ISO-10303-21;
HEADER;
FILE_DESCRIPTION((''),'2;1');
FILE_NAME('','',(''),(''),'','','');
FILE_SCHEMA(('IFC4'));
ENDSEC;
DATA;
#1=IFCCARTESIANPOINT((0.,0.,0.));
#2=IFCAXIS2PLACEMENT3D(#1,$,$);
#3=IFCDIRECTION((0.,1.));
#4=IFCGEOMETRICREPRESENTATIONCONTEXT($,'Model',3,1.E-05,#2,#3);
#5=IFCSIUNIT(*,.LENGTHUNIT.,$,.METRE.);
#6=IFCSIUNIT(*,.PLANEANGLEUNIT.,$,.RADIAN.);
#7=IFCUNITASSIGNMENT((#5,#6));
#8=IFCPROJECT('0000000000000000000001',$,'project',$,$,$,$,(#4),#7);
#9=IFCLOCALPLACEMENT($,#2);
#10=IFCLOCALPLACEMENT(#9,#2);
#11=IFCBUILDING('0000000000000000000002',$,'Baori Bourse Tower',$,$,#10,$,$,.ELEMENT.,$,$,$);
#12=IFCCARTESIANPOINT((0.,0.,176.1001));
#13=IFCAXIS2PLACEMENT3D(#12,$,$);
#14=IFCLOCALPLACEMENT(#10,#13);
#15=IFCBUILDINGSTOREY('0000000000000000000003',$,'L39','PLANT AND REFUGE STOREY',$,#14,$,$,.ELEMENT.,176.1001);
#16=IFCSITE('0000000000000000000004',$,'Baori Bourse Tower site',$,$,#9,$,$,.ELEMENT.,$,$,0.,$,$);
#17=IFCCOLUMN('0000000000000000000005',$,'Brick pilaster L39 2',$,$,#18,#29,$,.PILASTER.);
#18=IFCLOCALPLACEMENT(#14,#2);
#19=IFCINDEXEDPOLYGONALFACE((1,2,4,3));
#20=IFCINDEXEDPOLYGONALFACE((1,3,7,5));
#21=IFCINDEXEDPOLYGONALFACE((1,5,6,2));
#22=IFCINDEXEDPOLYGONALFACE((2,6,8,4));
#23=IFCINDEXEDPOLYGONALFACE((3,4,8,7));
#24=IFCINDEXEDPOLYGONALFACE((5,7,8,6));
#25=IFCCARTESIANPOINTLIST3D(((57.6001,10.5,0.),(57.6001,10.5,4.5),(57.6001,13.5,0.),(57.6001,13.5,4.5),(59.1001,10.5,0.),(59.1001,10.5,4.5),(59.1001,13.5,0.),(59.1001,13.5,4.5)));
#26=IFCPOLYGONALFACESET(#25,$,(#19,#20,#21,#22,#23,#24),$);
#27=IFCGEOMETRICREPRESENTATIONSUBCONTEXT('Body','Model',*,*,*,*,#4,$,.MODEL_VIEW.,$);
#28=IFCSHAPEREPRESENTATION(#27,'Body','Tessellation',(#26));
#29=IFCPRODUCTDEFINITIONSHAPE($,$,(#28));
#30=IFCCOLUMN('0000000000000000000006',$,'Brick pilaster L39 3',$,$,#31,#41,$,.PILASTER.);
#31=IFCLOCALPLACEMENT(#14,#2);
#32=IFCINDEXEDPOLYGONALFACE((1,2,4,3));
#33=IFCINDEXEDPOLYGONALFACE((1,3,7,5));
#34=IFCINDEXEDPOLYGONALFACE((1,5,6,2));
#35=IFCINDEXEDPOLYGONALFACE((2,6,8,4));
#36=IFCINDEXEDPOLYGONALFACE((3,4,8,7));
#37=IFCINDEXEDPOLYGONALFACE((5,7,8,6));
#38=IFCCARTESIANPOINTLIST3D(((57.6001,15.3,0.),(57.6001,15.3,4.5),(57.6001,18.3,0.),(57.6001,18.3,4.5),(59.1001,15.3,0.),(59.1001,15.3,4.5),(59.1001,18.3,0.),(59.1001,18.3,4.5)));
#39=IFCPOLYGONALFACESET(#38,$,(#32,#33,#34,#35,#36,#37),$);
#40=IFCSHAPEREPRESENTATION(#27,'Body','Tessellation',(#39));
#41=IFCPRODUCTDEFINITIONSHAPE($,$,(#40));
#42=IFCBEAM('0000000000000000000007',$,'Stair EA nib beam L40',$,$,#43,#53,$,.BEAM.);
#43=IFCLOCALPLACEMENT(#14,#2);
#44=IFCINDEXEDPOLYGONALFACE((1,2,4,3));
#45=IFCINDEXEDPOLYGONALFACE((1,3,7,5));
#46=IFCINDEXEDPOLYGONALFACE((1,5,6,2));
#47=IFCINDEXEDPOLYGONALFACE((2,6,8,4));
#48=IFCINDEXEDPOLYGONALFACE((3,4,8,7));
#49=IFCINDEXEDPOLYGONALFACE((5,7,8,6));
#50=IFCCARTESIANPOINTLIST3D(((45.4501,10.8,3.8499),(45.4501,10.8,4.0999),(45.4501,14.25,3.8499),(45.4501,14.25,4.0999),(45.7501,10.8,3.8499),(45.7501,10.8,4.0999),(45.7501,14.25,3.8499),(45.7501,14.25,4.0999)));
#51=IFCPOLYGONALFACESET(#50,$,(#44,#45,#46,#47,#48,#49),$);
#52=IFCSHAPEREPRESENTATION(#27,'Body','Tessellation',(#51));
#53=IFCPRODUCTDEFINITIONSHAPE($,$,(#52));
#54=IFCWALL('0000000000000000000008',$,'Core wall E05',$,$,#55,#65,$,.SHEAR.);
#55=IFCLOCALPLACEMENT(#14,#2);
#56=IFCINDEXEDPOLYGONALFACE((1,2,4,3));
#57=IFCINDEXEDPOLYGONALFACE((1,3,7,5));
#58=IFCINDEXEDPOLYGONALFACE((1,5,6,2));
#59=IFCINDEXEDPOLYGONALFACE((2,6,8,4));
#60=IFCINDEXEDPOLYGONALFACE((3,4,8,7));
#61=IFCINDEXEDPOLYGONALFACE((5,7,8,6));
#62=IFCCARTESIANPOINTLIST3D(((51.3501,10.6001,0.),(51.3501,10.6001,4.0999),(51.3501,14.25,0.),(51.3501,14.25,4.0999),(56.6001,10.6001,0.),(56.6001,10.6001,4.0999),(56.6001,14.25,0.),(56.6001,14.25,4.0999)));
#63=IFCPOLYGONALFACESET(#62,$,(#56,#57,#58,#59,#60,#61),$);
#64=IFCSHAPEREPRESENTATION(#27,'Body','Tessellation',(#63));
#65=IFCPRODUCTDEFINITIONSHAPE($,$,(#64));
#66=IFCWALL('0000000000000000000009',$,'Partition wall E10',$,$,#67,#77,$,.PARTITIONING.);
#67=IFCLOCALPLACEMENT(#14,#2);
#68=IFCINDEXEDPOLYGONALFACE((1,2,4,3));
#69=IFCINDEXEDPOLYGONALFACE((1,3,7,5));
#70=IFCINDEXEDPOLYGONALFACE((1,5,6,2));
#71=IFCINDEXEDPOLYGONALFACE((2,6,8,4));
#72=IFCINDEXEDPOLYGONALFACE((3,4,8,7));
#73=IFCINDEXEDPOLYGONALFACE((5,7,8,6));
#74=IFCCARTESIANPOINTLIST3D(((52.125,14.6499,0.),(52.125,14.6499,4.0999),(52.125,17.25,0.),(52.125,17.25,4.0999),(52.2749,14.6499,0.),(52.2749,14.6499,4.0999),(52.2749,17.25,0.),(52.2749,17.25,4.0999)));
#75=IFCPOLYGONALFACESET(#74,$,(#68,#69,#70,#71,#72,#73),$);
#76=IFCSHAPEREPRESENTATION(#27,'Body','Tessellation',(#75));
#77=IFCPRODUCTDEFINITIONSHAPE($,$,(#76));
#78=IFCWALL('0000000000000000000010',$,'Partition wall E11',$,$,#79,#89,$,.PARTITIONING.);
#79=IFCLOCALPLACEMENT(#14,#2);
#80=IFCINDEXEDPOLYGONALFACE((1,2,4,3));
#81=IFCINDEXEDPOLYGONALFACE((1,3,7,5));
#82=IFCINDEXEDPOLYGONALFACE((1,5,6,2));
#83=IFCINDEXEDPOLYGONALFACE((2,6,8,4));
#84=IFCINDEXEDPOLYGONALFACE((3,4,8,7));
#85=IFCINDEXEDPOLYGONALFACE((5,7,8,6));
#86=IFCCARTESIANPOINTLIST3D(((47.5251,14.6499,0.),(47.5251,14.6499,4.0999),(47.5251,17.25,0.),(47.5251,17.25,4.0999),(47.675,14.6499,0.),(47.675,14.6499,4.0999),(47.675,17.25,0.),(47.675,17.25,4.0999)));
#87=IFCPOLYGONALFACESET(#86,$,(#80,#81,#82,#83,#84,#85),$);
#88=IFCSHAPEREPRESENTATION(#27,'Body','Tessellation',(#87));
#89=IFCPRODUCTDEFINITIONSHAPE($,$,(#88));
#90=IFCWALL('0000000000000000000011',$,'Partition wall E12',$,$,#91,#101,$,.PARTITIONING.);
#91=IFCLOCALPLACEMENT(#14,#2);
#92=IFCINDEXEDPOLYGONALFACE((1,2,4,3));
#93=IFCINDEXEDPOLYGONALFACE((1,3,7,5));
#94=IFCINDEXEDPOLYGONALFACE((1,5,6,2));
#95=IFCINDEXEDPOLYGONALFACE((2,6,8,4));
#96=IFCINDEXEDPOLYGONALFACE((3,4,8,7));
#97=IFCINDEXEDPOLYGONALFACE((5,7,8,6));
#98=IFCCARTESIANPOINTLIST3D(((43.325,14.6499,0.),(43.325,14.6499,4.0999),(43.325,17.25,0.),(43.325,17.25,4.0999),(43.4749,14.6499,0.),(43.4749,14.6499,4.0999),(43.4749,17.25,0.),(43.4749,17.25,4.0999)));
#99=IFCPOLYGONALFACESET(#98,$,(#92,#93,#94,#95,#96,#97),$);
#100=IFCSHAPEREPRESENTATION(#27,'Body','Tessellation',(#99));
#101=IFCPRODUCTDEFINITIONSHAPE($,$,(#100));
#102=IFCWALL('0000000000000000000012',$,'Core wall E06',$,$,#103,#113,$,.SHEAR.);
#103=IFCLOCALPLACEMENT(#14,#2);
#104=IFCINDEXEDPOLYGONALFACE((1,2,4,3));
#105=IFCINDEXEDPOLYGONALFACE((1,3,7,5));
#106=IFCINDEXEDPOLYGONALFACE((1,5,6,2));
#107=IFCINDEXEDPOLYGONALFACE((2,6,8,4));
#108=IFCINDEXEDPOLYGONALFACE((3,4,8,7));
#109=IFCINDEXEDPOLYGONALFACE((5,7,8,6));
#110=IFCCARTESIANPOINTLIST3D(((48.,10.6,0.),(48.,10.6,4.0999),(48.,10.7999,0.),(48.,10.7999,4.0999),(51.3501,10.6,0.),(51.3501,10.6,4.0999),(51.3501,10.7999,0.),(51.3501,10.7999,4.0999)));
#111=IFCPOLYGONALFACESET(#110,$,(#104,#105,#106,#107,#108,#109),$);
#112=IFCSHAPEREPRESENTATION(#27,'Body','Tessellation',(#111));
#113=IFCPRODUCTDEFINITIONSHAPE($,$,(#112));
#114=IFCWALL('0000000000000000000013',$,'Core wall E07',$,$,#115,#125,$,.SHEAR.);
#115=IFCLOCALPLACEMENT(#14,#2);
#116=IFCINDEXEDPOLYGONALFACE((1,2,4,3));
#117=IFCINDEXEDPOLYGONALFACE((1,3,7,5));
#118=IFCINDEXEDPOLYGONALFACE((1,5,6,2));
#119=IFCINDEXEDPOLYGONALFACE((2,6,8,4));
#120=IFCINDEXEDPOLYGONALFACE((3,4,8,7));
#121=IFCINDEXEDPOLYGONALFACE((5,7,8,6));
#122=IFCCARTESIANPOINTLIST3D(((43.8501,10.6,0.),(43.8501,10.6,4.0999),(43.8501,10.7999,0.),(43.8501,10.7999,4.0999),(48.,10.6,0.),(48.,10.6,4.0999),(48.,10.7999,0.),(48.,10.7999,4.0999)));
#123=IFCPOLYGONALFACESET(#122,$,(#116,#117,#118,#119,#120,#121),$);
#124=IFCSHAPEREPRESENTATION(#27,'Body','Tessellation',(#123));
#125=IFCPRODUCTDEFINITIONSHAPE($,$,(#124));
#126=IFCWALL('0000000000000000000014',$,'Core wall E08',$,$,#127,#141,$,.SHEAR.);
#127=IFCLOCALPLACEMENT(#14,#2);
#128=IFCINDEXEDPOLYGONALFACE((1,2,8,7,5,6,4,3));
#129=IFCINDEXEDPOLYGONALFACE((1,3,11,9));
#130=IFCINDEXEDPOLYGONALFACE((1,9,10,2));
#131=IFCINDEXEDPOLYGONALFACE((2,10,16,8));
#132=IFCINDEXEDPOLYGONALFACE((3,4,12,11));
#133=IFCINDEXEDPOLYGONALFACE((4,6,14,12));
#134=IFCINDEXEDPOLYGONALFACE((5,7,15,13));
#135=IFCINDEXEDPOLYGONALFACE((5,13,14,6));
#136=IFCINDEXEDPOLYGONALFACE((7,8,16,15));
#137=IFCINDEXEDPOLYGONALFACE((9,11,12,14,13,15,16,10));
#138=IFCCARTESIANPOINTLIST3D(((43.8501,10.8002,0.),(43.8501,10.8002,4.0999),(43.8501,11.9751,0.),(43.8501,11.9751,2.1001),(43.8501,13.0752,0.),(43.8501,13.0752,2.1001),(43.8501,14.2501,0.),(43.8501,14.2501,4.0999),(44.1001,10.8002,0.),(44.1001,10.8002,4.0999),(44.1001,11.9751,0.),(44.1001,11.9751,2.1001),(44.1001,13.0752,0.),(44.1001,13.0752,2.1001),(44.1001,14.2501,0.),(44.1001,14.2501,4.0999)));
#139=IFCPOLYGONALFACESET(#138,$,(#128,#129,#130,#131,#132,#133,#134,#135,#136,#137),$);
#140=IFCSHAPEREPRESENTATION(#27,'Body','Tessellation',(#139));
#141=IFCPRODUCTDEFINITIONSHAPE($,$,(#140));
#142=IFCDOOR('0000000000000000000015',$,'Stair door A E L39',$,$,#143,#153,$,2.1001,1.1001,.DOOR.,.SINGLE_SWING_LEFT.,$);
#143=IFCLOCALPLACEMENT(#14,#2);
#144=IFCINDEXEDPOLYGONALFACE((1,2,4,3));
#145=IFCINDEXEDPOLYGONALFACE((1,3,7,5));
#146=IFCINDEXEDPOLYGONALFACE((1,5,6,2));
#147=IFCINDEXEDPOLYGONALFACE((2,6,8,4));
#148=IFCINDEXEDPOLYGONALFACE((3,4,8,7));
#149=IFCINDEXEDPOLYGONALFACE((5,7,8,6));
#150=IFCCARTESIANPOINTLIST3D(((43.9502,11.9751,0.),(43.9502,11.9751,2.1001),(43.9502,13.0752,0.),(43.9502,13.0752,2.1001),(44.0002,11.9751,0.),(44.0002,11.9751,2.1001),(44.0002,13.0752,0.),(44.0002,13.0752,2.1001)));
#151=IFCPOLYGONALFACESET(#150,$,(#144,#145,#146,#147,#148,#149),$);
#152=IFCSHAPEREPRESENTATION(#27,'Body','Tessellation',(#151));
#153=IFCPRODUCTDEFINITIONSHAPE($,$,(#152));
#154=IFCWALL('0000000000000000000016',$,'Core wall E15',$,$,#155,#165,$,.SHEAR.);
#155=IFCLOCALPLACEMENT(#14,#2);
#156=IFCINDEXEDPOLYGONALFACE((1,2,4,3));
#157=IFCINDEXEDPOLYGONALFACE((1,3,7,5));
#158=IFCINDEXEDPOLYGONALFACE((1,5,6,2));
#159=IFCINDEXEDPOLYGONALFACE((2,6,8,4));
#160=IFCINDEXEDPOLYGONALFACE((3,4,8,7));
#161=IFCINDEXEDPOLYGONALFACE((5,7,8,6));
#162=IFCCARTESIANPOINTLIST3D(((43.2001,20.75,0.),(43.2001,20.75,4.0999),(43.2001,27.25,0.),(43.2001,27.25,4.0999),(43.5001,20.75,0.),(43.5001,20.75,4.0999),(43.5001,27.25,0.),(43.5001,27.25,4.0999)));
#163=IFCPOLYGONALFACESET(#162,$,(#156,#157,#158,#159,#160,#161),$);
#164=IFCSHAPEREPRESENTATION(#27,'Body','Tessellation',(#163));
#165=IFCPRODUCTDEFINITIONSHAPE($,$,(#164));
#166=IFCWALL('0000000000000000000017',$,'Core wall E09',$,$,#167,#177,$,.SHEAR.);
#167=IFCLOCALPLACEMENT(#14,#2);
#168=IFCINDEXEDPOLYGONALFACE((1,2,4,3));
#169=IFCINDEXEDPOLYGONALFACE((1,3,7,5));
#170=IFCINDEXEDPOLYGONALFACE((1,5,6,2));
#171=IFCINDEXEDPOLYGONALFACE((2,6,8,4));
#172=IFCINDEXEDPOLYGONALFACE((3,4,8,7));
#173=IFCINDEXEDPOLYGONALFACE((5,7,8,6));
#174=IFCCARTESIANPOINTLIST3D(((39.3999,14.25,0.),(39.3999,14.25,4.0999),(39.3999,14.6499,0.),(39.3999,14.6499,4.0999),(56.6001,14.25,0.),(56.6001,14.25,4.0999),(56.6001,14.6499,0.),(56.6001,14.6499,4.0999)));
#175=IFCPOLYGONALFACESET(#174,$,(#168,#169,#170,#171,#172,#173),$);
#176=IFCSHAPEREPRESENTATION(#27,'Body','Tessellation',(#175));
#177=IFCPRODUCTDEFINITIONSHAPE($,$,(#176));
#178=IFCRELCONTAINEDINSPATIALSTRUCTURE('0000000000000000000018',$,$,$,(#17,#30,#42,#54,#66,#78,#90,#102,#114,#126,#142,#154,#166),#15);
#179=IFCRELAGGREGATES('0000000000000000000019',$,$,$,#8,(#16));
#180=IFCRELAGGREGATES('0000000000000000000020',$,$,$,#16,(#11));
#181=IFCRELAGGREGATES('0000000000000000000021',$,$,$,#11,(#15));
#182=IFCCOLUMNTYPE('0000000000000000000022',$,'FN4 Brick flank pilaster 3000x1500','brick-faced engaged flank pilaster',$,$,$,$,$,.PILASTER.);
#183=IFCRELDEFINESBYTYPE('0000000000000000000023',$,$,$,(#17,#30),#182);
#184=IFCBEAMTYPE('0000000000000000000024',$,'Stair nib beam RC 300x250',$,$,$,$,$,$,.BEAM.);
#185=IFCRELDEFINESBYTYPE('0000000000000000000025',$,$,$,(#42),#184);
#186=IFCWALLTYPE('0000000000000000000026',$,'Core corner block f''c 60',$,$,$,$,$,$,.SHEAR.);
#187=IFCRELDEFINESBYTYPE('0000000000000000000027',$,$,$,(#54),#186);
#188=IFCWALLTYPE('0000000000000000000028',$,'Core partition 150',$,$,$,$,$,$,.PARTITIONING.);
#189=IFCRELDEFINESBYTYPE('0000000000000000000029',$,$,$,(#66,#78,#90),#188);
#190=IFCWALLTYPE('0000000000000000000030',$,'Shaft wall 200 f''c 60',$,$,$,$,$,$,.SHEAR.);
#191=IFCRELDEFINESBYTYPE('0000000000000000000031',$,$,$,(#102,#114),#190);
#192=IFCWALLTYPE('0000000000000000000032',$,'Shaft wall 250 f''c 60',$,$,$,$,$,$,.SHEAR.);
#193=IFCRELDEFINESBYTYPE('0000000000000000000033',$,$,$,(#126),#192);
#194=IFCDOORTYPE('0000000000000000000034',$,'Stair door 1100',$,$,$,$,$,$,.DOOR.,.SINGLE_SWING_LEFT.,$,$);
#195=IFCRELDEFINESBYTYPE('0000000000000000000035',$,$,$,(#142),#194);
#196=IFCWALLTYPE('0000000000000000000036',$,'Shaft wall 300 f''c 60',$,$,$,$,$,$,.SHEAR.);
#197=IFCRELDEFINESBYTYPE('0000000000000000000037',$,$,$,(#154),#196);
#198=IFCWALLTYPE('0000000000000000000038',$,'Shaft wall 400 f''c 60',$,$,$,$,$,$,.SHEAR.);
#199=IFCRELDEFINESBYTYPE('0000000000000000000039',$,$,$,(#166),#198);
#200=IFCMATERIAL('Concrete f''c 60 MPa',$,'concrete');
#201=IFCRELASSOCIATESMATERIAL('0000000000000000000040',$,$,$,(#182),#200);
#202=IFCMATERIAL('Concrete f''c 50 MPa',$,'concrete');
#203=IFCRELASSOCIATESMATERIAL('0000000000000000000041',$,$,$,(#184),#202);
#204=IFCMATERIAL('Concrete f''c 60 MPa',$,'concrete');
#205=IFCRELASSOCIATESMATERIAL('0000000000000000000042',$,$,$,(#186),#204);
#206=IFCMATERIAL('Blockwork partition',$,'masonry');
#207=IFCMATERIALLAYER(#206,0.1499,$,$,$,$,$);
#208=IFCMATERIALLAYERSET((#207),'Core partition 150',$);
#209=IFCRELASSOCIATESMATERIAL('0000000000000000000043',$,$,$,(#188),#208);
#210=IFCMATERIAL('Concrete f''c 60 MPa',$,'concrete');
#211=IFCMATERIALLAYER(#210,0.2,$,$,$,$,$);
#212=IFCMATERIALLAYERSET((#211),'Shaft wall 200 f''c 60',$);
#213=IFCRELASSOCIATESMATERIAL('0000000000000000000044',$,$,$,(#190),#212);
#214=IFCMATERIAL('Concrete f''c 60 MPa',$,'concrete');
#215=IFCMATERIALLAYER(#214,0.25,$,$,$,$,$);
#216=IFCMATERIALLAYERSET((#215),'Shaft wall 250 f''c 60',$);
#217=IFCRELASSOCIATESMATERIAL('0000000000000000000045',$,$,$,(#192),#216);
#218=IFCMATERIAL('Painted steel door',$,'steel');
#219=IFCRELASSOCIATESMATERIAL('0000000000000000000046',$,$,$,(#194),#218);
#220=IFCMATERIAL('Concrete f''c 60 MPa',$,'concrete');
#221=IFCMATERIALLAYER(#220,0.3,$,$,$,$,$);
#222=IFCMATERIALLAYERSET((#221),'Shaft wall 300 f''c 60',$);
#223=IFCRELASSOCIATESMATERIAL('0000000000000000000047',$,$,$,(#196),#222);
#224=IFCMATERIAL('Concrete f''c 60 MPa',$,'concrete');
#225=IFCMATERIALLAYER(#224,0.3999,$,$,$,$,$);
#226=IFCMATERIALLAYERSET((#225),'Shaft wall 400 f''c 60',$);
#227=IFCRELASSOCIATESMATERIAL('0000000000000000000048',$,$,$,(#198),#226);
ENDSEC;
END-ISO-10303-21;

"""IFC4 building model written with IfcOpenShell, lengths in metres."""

from ifc_helpers import new_model, si_unit, direction, frame, frame_2d, origin, origin_2d, place, context, subcontext, project, spatial, rectangle, extrude, material, layer, layer_set, material_profile, profile_set, type_object, element, fill, save


model = new_model("IFC4")

# Units and contexts
model_context = context("Model", 3, precision=1e-05, world=origin(), true_north=direction((0.0, 1.0)))
body_context = subcontext(model_context, "Body", "Model", "MODEL_VIEW")
ifc_project = project(units=[si_unit("LENGTHUNIT", "METRE"), si_unit("PLANEANGLEUNIT", "RADIAN")], contexts=[model_context])

# Site, building, storey
site_placement = place(None, origin())
site = spatial("IfcSite", under=ifc_project, at=site_placement, Name="Baori Bourse Tower site", CompositionType="ELEMENT", RefElevation=0.0)
building_placement = place(site_placement, origin())
building = spatial("IfcBuilding", under=site, at=building_placement, Name="Baori Bourse Tower", CompositionType="ELEMENT")
storey_placement = place(building_placement, frame((0.0, 0.0, 176.1001)))
storey = spatial("IfcBuildingStorey", under=building, at=storey_placement, Name="L39", Description="PLANT AND REFUGE STOREY", CompositionType="ELEMENT", Elevation=176.1001)

# Columns
ifc_material_1 = material(Name="Concrete f'c 60 MPa", Category="concrete")
ifc_material_profile_1 = material_profile(ifc_material_1, rectangle(XDim=3.0, YDim=1.5, at=origin_2d()), Name="RC 3000x1500")
ifc_profile_set_1 = profile_set([ifc_material_profile_1], Name="Concrete f'c 60 MPa")
column_type = type_object("IfcColumnType", Name="FN4 Brick flank pilaster 3000x1500", Description="brick-faced engaged flank pilaster", PredefinedType="PILASTER", material=ifc_profile_set_1)
for number, where, z_axis, x_axis, name in (
    (1, (58.3501, 12.0, 0.0), (0.0, 0.0, 1.0), (0.0, 1.0, 0.0), "Brick pilaster L39 2"),
    (2, (58.3501, 16.8, 0.0), (0.0, 0.0, 1.0), (0.0, 1.0, 0.0), "Brick pilaster L39 3"),
):
    element("IfcColumn", number, at=place(storey_placement, frame(where, z_axis=z_axis, x_axis=x_axis)), inside=storey, type_object=column_type, Name=name, PredefinedType="PILASTER", context=body_context, shape_type="SweptSolid", body=[
        extrude(rectangle(XDim=3.0, YDim=1.5, at=origin_2d()), origin(), (0.0, 0.0, 1.0), 4.5),
    ])

# Beam
ifc_material_2 = material(Name="Concrete f'c 50 MPa", Category="concrete")
ifc_material_profile_2 = material_profile(ifc_material_2, rectangle(XDim=0.3, YDim=0.25, at=origin_2d()), Name="RC 300x250")
ifc_profile_set_2 = profile_set([ifc_material_profile_2], Name="Concrete f'c 50 MPa")
beam_type = type_object("IfcBeamType", Name="Stair nib beam RC 300x250", PredefinedType="BEAM", material=ifc_profile_set_2)
beam_placement = place(storey_placement, frame((45.6001, 10.8, 3.9749), z_axis=(0.0, 1.0, 0.0), x_axis=(-1.0, 0.0, 0.0)))
element("IfcBeam", 3, at=beam_placement, inside=storey, type_object=beam_type, Name="Stair EA nib beam L40", PredefinedType="BEAM", context=body_context, shape_type="SweptSolid", body=[
    extrude(rectangle(XDim=0.3, YDim=0.25, at=origin_2d()), origin(), (0.0, 0.0, 1.0), 3.45),
])

# Walls
ifc_material_3 = material(Name="Concrete f'c 60 MPa", Category="concrete")
wall_type_1 = type_object("IfcWallType", Name="Core corner block f'c 60", PredefinedType="SHEAR", material=ifc_material_3)
wall_1_placement = place(storey_placement, frame((51.3501, 12.425, 0.0), z_axis=(0.0, 0.0, 1.0), x_axis=(1.0, 0.0, 0.0)))
element("IfcWall", 4, at=wall_1_placement, inside=storey, type_object=wall_type_1, Name="Core wall E05", PredefinedType="SHEAR", context=body_context, shape_type="SweptSolid", body=[
    extrude(rectangle(XDim=5.25, YDim=3.6499, at=frame_2d((2.625, 0.0))), origin(), (0.0, 0.0, 1.0), 4.0999),
])
ifc_material_4 = material(Name="Blockwork partition", Category="masonry")
ifc_layer_1 = layer(ifc_material_4, 0.1499)
ifc_layer_set_1 = layer_set([ifc_layer_1], Name="Core partition 150")
wall_type_2 = type_object("IfcWallType", Name="Core partition 150", PredefinedType="PARTITIONING", material=ifc_layer_set_1)
for number, where, z_axis, x_axis, name in (
    (5, (52.2, 14.6499, 0.0), (0.0, 0.0, 1.0), (0.0, 1.0, 0.0), "Partition wall E10"),
    (6, (47.6001, 14.6499, 0.0), (0.0, 0.0, 1.0), (0.0, 1.0, 0.0), "Partition wall E11"),
    (7, (43.3999, 14.6499, 0.0), (0.0, 0.0, 1.0), (0.0, 1.0, 0.0), "Partition wall E12"),
):
    element("IfcWall", number, at=place(storey_placement, frame(where, z_axis=z_axis, x_axis=x_axis)), inside=storey, type_object=wall_type_2, Name=name, PredefinedType="PARTITIONING", context=body_context, shape_type="SweptSolid", body=[
        extrude(rectangle(XDim=2.6001, YDim=0.1499, at=frame_2d((1.3, 0.0))), origin(), (0.0, 0.0, 1.0), 4.0999),
    ])
ifc_material_5 = material(Name="Concrete f'c 60 MPa", Category="concrete")
ifc_layer_2 = layer(ifc_material_5, 0.2)
ifc_layer_set_2 = layer_set([ifc_layer_2], Name="Shaft wall 200 f'c 60")
wall_type_3 = type_object("IfcWallType", Name="Shaft wall 200 f'c 60", PredefinedType="SHEAR", material=ifc_layer_set_2)
wall_2_placement = place(storey_placement, frame((48.0, 10.7, 0.0), z_axis=(0.0, 0.0, 1.0), x_axis=(1.0, 0.0, 0.0)))
element("IfcWall", 8, at=wall_2_placement, inside=storey, type_object=wall_type_3, Name="Core wall E06", PredefinedType="SHEAR", context=body_context, shape_type="SweptSolid", body=[
    extrude(rectangle(XDim=3.3501, YDim=0.2, at=frame_2d((1.675, 0.0))), origin(), (0.0, 0.0, 1.0), 4.0999),
])
wall_3_placement = place(storey_placement, frame((43.8501, 10.7, 0.0), z_axis=(0.0, 0.0, 1.0), x_axis=(1.0, 0.0, 0.0)))
element("IfcWall", 9, at=wall_3_placement, inside=storey, type_object=wall_type_3, Name="Core wall E07", PredefinedType="SHEAR", context=body_context, shape_type="SweptSolid", body=[
    extrude(rectangle(XDim=4.1499, YDim=0.2, at=frame_2d((2.075, 0.0))), origin(), (0.0, 0.0, 1.0), 4.0999),
])

# Wall, opening, door
ifc_material_6 = material(Name="Concrete f'c 60 MPa", Category="concrete")
ifc_layer_3 = layer(ifc_material_6, 0.25)
ifc_layer_set_3 = layer_set([ifc_layer_3], Name="Shaft wall 250 f'c 60")
wall_type_4 = type_object("IfcWallType", Name="Shaft wall 250 f'c 60", PredefinedType="SHEAR", material=ifc_layer_set_3)
wall_4_placement = place(storey_placement, frame((43.9751, 10.8, 0.0), z_axis=(0.0, 0.0, 1.0), x_axis=(0.0, 1.0, 0.0)))
wall_4 = element("IfcWall", 10, at=wall_4_placement, inside=storey, type_object=wall_type_4, Name="Core wall E08", PredefinedType="SHEAR", context=body_context, shape_type="SweptSolid", body=[
    extrude(rectangle(XDim=3.45, YDim=0.25, at=frame_2d((1.7251, 0.0))), origin(), (0.0, 0.0, 1.0), 4.0999),
])
opening_1_placement = place(wall_4_placement, frame((1.175, 0.0, 0.0)))
opening_1 = element("IfcOpeningElement", 11, at=opening_1_placement, cuts=wall_4, PredefinedType="OPENING", context=body_context, shape_type="SweptSolid", body=[
    extrude(rectangle(XDim=1.1001, YDim=2.1001, at=frame_2d((0.55, 1.05))), frame((0.0, 0.135, 0.0), z_axis=(0.0, -1.0, 0.0), x_axis=(1.0, 0.0, 0.0)), (0.0, 0.0, 1.0), 0.27),
])
ifc_material_7 = material(Name="Painted steel door", Category="steel")
door_type_1 = type_object("IfcDoorType", Name="Stair door 1100", OperationType="SINGLE_SWING_LEFT", PredefinedType="DOOR", material=ifc_material_7)
door_1_placement = place(opening_1_placement, origin())
door_1 = element("IfcDoor", 12, at=door_1_placement, inside=storey, type_object=door_type_1, Name="Stair door A E L39", OperationType="SINGLE_SWING_LEFT", OverallHeight=2.1001, OverallWidth=1.1001, PredefinedType="DOOR", context=body_context, shape_type="SweptSolid", body=[
    extrude(rectangle(XDim=1.1001, YDim=2.1001, at=frame_2d((0.55, 1.05))), frame((0.0, 0.0249, 0.0), z_axis=(0.0, -1.0, 0.0), x_axis=(1.0, 0.0, 0.0)), (0.0, 0.0, 1.0), 0.05),
])
fill(opening_1, door_1)

# Walls
ifc_material_8 = material(Name="Concrete f'c 60 MPa", Category="concrete")
ifc_layer_4 = layer(ifc_material_8, 0.3)
ifc_layer_set_4 = layer_set([ifc_layer_4], Name="Shaft wall 300 f'c 60")
wall_type_5 = type_object("IfcWallType", Name="Shaft wall 300 f'c 60", PredefinedType="SHEAR", material=ifc_layer_set_4)
wall_5_placement = place(storey_placement, frame((43.3501, 20.75, 0.0), z_axis=(0.0, 0.0, 1.0), x_axis=(0.0, 1.0, 0.0)))
element("IfcWall", 13, at=wall_5_placement, inside=storey, type_object=wall_type_5, Name="Core wall E15", PredefinedType="SHEAR", context=body_context, shape_type="SweptSolid", body=[
    extrude(rectangle(XDim=6.5, YDim=0.3, at=frame_2d((3.25, 0.0))), origin(), (0.0, 0.0, 1.0), 4.0999),
])
ifc_material_9 = material(Name="Concrete f'c 60 MPa", Category="concrete")
ifc_layer_5 = layer(ifc_material_9, 0.3999)
ifc_layer_set_5 = layer_set([ifc_layer_5], Name="Shaft wall 400 f'c 60")
wall_type_6 = type_object("IfcWallType", Name="Shaft wall 400 f'c 60", PredefinedType="SHEAR", material=ifc_layer_set_5)
wall_6_placement = place(storey_placement, frame((39.3999, 14.45, 0.0), z_axis=(0.0, 0.0, 1.0), x_axis=(1.0, 0.0, 0.0)))
element("IfcWall", 14, at=wall_6_placement, inside=storey, type_object=wall_type_6, Name="Core wall E09", PredefinedType="SHEAR", context=body_context, shape_type="SweptSolid", body=[
    extrude(rectangle(XDim=17.2002, YDim=0.3999, at=frame_2d((8.6001, 0.0))), origin(), (0.0, 0.0, 1.0), 4.0999),
])

save(model, "model.ifc")
